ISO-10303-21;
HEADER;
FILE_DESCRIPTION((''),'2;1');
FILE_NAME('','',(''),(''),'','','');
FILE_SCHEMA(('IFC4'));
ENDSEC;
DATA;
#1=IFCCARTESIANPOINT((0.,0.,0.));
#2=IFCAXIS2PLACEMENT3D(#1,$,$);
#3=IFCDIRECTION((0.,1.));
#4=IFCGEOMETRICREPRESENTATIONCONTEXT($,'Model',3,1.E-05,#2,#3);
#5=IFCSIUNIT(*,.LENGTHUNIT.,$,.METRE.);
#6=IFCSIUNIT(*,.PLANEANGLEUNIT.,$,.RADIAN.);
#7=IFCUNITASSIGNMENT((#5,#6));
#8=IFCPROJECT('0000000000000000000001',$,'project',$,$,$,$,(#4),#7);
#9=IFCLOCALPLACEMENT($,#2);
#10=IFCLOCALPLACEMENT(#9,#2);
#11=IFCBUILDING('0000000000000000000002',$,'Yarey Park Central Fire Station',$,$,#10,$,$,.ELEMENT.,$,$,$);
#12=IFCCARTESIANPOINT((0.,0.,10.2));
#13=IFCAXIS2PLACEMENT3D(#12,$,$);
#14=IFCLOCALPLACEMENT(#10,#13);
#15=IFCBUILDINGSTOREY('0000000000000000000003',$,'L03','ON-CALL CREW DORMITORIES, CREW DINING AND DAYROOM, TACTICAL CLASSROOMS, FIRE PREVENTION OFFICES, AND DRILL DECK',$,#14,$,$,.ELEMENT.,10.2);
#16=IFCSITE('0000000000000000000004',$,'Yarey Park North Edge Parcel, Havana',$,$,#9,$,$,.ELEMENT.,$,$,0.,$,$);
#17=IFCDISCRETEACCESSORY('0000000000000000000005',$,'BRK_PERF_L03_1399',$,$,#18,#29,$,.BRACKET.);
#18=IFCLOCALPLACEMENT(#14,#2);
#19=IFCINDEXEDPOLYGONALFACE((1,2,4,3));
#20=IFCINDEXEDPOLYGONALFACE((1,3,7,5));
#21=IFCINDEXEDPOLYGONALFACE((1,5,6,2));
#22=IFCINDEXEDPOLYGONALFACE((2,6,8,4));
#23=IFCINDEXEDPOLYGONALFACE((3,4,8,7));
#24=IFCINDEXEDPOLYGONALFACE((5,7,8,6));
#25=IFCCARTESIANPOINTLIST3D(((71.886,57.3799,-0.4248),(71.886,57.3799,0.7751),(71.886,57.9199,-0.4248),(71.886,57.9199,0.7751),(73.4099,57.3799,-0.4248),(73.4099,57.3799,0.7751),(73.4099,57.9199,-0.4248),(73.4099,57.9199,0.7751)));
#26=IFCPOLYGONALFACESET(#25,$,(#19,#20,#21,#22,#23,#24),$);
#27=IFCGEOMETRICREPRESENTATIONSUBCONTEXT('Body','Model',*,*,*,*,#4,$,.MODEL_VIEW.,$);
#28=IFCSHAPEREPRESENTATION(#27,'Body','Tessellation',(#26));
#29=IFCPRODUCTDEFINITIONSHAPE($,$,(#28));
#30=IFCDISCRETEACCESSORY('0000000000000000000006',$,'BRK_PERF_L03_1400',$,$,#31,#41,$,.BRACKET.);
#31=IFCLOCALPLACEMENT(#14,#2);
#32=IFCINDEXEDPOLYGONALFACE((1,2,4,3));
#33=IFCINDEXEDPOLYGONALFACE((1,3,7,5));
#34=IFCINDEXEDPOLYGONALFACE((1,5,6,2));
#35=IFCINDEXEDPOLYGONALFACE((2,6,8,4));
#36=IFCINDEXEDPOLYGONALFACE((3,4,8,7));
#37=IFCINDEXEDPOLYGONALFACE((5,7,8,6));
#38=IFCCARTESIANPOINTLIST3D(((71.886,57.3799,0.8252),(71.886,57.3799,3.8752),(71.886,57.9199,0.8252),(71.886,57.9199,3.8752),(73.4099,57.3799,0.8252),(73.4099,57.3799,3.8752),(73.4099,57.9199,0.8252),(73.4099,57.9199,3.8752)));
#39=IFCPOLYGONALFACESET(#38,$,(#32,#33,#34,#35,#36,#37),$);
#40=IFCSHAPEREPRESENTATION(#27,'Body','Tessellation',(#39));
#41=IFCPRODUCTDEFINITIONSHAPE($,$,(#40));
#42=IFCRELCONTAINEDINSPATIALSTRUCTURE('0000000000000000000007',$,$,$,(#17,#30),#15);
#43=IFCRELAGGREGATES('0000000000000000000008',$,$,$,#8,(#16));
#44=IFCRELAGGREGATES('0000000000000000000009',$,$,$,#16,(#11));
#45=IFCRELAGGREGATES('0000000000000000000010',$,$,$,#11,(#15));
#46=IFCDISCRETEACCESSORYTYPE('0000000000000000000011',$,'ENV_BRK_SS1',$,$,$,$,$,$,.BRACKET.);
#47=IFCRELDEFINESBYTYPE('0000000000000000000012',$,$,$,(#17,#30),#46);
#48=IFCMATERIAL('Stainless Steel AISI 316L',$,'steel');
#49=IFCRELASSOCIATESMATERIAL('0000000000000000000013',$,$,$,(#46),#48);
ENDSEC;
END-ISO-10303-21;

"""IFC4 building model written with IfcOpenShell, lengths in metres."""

from ifc_helpers import new_model, si_unit, direction, frame, origin, origin_2d, place, context, subcontext, project, spatial, rectangle, extrude, material, type_object, element, save


model = new_model("IFC4")

# Units and contexts
model_context = context("Model", 3, precision=1e-05, world=origin(), true_north=direction((0.0, 1.0)))
body_context = subcontext(model_context, "Body", "Model", "MODEL_VIEW")
ifc_project = project(units=[si_unit("LENGTHUNIT", "METRE"), si_unit("PLANEANGLEUNIT", "RADIAN")], contexts=[model_context])

# Site, building, storey
site_placement = place(None, origin())
site = spatial("IfcSite", under=ifc_project, at=site_placement, Name="Yarey Park North Edge Parcel, Havana", CompositionType="ELEMENT", RefElevation=0.0)
building_placement = place(site_placement, origin())
building = spatial("IfcBuilding", under=site, at=building_placement, Name="Yarey Park Central Fire Station", CompositionType="ELEMENT")
storey_placement = place(building_placement, frame((0.0, 0.0, 10.2)))
storey = spatial("IfcBuildingStorey", under=building, at=storey_placement, Name="L03", Description="ON-CALL CREW DORMITORIES, CREW DINING AND DAYROOM, TACTICAL CLASSROOMS, FIRE PREVENTION OFFICES, AND DRILL DECK", CompositionType="ELEMENT", Elevation=10.2)

# Discrete accessories
ifc_material_1 = material(Name="Stainless Steel AISI 316L", Category="steel")
discrete_accessory_type = type_object("IfcDiscreteAccessoryType", Name="ENV_BRK_SS1", PredefinedType="BRACKET", material=ifc_material_1)
discrete_accessory_1_placement = place(storey_placement, frame((72.6479, 57.6499, -0.4248), z_axis=(0.0, 0.0, 1.0), x_axis=(1.0, 0.0, 0.0)))
element("IfcDiscreteAccessory", 1, at=discrete_accessory_1_placement, inside=storey, type_object=discrete_accessory_type, Name="BRK_PERF_L03_1399", PredefinedType="BRACKET", context=body_context, shape_type="SweptSolid", body=[
    extrude(rectangle(XDim=1.5239, YDim=0.54, at=origin_2d()), origin(), (0.0, 0.0, 1.0), 1.2),
])
discrete_accessory_2_placement = place(storey_placement, frame((72.6479, 57.6499, 0.8252), z_axis=(0.0, 0.0, 1.0), x_axis=(1.0, 0.0, 0.0)))
element("IfcDiscreteAccessory", 2, at=discrete_accessory_2_placement, inside=storey, type_object=discrete_accessory_type, Name="BRK_PERF_L03_1400", PredefinedType="BRACKET", context=body_context, shape_type="SweptSolid", body=[
    extrude(rectangle(XDim=1.5239, YDim=0.54, at=origin_2d()), origin(), (0.0, 0.0, 1.0), 3.05),
])

save(model, "model.ifc")
